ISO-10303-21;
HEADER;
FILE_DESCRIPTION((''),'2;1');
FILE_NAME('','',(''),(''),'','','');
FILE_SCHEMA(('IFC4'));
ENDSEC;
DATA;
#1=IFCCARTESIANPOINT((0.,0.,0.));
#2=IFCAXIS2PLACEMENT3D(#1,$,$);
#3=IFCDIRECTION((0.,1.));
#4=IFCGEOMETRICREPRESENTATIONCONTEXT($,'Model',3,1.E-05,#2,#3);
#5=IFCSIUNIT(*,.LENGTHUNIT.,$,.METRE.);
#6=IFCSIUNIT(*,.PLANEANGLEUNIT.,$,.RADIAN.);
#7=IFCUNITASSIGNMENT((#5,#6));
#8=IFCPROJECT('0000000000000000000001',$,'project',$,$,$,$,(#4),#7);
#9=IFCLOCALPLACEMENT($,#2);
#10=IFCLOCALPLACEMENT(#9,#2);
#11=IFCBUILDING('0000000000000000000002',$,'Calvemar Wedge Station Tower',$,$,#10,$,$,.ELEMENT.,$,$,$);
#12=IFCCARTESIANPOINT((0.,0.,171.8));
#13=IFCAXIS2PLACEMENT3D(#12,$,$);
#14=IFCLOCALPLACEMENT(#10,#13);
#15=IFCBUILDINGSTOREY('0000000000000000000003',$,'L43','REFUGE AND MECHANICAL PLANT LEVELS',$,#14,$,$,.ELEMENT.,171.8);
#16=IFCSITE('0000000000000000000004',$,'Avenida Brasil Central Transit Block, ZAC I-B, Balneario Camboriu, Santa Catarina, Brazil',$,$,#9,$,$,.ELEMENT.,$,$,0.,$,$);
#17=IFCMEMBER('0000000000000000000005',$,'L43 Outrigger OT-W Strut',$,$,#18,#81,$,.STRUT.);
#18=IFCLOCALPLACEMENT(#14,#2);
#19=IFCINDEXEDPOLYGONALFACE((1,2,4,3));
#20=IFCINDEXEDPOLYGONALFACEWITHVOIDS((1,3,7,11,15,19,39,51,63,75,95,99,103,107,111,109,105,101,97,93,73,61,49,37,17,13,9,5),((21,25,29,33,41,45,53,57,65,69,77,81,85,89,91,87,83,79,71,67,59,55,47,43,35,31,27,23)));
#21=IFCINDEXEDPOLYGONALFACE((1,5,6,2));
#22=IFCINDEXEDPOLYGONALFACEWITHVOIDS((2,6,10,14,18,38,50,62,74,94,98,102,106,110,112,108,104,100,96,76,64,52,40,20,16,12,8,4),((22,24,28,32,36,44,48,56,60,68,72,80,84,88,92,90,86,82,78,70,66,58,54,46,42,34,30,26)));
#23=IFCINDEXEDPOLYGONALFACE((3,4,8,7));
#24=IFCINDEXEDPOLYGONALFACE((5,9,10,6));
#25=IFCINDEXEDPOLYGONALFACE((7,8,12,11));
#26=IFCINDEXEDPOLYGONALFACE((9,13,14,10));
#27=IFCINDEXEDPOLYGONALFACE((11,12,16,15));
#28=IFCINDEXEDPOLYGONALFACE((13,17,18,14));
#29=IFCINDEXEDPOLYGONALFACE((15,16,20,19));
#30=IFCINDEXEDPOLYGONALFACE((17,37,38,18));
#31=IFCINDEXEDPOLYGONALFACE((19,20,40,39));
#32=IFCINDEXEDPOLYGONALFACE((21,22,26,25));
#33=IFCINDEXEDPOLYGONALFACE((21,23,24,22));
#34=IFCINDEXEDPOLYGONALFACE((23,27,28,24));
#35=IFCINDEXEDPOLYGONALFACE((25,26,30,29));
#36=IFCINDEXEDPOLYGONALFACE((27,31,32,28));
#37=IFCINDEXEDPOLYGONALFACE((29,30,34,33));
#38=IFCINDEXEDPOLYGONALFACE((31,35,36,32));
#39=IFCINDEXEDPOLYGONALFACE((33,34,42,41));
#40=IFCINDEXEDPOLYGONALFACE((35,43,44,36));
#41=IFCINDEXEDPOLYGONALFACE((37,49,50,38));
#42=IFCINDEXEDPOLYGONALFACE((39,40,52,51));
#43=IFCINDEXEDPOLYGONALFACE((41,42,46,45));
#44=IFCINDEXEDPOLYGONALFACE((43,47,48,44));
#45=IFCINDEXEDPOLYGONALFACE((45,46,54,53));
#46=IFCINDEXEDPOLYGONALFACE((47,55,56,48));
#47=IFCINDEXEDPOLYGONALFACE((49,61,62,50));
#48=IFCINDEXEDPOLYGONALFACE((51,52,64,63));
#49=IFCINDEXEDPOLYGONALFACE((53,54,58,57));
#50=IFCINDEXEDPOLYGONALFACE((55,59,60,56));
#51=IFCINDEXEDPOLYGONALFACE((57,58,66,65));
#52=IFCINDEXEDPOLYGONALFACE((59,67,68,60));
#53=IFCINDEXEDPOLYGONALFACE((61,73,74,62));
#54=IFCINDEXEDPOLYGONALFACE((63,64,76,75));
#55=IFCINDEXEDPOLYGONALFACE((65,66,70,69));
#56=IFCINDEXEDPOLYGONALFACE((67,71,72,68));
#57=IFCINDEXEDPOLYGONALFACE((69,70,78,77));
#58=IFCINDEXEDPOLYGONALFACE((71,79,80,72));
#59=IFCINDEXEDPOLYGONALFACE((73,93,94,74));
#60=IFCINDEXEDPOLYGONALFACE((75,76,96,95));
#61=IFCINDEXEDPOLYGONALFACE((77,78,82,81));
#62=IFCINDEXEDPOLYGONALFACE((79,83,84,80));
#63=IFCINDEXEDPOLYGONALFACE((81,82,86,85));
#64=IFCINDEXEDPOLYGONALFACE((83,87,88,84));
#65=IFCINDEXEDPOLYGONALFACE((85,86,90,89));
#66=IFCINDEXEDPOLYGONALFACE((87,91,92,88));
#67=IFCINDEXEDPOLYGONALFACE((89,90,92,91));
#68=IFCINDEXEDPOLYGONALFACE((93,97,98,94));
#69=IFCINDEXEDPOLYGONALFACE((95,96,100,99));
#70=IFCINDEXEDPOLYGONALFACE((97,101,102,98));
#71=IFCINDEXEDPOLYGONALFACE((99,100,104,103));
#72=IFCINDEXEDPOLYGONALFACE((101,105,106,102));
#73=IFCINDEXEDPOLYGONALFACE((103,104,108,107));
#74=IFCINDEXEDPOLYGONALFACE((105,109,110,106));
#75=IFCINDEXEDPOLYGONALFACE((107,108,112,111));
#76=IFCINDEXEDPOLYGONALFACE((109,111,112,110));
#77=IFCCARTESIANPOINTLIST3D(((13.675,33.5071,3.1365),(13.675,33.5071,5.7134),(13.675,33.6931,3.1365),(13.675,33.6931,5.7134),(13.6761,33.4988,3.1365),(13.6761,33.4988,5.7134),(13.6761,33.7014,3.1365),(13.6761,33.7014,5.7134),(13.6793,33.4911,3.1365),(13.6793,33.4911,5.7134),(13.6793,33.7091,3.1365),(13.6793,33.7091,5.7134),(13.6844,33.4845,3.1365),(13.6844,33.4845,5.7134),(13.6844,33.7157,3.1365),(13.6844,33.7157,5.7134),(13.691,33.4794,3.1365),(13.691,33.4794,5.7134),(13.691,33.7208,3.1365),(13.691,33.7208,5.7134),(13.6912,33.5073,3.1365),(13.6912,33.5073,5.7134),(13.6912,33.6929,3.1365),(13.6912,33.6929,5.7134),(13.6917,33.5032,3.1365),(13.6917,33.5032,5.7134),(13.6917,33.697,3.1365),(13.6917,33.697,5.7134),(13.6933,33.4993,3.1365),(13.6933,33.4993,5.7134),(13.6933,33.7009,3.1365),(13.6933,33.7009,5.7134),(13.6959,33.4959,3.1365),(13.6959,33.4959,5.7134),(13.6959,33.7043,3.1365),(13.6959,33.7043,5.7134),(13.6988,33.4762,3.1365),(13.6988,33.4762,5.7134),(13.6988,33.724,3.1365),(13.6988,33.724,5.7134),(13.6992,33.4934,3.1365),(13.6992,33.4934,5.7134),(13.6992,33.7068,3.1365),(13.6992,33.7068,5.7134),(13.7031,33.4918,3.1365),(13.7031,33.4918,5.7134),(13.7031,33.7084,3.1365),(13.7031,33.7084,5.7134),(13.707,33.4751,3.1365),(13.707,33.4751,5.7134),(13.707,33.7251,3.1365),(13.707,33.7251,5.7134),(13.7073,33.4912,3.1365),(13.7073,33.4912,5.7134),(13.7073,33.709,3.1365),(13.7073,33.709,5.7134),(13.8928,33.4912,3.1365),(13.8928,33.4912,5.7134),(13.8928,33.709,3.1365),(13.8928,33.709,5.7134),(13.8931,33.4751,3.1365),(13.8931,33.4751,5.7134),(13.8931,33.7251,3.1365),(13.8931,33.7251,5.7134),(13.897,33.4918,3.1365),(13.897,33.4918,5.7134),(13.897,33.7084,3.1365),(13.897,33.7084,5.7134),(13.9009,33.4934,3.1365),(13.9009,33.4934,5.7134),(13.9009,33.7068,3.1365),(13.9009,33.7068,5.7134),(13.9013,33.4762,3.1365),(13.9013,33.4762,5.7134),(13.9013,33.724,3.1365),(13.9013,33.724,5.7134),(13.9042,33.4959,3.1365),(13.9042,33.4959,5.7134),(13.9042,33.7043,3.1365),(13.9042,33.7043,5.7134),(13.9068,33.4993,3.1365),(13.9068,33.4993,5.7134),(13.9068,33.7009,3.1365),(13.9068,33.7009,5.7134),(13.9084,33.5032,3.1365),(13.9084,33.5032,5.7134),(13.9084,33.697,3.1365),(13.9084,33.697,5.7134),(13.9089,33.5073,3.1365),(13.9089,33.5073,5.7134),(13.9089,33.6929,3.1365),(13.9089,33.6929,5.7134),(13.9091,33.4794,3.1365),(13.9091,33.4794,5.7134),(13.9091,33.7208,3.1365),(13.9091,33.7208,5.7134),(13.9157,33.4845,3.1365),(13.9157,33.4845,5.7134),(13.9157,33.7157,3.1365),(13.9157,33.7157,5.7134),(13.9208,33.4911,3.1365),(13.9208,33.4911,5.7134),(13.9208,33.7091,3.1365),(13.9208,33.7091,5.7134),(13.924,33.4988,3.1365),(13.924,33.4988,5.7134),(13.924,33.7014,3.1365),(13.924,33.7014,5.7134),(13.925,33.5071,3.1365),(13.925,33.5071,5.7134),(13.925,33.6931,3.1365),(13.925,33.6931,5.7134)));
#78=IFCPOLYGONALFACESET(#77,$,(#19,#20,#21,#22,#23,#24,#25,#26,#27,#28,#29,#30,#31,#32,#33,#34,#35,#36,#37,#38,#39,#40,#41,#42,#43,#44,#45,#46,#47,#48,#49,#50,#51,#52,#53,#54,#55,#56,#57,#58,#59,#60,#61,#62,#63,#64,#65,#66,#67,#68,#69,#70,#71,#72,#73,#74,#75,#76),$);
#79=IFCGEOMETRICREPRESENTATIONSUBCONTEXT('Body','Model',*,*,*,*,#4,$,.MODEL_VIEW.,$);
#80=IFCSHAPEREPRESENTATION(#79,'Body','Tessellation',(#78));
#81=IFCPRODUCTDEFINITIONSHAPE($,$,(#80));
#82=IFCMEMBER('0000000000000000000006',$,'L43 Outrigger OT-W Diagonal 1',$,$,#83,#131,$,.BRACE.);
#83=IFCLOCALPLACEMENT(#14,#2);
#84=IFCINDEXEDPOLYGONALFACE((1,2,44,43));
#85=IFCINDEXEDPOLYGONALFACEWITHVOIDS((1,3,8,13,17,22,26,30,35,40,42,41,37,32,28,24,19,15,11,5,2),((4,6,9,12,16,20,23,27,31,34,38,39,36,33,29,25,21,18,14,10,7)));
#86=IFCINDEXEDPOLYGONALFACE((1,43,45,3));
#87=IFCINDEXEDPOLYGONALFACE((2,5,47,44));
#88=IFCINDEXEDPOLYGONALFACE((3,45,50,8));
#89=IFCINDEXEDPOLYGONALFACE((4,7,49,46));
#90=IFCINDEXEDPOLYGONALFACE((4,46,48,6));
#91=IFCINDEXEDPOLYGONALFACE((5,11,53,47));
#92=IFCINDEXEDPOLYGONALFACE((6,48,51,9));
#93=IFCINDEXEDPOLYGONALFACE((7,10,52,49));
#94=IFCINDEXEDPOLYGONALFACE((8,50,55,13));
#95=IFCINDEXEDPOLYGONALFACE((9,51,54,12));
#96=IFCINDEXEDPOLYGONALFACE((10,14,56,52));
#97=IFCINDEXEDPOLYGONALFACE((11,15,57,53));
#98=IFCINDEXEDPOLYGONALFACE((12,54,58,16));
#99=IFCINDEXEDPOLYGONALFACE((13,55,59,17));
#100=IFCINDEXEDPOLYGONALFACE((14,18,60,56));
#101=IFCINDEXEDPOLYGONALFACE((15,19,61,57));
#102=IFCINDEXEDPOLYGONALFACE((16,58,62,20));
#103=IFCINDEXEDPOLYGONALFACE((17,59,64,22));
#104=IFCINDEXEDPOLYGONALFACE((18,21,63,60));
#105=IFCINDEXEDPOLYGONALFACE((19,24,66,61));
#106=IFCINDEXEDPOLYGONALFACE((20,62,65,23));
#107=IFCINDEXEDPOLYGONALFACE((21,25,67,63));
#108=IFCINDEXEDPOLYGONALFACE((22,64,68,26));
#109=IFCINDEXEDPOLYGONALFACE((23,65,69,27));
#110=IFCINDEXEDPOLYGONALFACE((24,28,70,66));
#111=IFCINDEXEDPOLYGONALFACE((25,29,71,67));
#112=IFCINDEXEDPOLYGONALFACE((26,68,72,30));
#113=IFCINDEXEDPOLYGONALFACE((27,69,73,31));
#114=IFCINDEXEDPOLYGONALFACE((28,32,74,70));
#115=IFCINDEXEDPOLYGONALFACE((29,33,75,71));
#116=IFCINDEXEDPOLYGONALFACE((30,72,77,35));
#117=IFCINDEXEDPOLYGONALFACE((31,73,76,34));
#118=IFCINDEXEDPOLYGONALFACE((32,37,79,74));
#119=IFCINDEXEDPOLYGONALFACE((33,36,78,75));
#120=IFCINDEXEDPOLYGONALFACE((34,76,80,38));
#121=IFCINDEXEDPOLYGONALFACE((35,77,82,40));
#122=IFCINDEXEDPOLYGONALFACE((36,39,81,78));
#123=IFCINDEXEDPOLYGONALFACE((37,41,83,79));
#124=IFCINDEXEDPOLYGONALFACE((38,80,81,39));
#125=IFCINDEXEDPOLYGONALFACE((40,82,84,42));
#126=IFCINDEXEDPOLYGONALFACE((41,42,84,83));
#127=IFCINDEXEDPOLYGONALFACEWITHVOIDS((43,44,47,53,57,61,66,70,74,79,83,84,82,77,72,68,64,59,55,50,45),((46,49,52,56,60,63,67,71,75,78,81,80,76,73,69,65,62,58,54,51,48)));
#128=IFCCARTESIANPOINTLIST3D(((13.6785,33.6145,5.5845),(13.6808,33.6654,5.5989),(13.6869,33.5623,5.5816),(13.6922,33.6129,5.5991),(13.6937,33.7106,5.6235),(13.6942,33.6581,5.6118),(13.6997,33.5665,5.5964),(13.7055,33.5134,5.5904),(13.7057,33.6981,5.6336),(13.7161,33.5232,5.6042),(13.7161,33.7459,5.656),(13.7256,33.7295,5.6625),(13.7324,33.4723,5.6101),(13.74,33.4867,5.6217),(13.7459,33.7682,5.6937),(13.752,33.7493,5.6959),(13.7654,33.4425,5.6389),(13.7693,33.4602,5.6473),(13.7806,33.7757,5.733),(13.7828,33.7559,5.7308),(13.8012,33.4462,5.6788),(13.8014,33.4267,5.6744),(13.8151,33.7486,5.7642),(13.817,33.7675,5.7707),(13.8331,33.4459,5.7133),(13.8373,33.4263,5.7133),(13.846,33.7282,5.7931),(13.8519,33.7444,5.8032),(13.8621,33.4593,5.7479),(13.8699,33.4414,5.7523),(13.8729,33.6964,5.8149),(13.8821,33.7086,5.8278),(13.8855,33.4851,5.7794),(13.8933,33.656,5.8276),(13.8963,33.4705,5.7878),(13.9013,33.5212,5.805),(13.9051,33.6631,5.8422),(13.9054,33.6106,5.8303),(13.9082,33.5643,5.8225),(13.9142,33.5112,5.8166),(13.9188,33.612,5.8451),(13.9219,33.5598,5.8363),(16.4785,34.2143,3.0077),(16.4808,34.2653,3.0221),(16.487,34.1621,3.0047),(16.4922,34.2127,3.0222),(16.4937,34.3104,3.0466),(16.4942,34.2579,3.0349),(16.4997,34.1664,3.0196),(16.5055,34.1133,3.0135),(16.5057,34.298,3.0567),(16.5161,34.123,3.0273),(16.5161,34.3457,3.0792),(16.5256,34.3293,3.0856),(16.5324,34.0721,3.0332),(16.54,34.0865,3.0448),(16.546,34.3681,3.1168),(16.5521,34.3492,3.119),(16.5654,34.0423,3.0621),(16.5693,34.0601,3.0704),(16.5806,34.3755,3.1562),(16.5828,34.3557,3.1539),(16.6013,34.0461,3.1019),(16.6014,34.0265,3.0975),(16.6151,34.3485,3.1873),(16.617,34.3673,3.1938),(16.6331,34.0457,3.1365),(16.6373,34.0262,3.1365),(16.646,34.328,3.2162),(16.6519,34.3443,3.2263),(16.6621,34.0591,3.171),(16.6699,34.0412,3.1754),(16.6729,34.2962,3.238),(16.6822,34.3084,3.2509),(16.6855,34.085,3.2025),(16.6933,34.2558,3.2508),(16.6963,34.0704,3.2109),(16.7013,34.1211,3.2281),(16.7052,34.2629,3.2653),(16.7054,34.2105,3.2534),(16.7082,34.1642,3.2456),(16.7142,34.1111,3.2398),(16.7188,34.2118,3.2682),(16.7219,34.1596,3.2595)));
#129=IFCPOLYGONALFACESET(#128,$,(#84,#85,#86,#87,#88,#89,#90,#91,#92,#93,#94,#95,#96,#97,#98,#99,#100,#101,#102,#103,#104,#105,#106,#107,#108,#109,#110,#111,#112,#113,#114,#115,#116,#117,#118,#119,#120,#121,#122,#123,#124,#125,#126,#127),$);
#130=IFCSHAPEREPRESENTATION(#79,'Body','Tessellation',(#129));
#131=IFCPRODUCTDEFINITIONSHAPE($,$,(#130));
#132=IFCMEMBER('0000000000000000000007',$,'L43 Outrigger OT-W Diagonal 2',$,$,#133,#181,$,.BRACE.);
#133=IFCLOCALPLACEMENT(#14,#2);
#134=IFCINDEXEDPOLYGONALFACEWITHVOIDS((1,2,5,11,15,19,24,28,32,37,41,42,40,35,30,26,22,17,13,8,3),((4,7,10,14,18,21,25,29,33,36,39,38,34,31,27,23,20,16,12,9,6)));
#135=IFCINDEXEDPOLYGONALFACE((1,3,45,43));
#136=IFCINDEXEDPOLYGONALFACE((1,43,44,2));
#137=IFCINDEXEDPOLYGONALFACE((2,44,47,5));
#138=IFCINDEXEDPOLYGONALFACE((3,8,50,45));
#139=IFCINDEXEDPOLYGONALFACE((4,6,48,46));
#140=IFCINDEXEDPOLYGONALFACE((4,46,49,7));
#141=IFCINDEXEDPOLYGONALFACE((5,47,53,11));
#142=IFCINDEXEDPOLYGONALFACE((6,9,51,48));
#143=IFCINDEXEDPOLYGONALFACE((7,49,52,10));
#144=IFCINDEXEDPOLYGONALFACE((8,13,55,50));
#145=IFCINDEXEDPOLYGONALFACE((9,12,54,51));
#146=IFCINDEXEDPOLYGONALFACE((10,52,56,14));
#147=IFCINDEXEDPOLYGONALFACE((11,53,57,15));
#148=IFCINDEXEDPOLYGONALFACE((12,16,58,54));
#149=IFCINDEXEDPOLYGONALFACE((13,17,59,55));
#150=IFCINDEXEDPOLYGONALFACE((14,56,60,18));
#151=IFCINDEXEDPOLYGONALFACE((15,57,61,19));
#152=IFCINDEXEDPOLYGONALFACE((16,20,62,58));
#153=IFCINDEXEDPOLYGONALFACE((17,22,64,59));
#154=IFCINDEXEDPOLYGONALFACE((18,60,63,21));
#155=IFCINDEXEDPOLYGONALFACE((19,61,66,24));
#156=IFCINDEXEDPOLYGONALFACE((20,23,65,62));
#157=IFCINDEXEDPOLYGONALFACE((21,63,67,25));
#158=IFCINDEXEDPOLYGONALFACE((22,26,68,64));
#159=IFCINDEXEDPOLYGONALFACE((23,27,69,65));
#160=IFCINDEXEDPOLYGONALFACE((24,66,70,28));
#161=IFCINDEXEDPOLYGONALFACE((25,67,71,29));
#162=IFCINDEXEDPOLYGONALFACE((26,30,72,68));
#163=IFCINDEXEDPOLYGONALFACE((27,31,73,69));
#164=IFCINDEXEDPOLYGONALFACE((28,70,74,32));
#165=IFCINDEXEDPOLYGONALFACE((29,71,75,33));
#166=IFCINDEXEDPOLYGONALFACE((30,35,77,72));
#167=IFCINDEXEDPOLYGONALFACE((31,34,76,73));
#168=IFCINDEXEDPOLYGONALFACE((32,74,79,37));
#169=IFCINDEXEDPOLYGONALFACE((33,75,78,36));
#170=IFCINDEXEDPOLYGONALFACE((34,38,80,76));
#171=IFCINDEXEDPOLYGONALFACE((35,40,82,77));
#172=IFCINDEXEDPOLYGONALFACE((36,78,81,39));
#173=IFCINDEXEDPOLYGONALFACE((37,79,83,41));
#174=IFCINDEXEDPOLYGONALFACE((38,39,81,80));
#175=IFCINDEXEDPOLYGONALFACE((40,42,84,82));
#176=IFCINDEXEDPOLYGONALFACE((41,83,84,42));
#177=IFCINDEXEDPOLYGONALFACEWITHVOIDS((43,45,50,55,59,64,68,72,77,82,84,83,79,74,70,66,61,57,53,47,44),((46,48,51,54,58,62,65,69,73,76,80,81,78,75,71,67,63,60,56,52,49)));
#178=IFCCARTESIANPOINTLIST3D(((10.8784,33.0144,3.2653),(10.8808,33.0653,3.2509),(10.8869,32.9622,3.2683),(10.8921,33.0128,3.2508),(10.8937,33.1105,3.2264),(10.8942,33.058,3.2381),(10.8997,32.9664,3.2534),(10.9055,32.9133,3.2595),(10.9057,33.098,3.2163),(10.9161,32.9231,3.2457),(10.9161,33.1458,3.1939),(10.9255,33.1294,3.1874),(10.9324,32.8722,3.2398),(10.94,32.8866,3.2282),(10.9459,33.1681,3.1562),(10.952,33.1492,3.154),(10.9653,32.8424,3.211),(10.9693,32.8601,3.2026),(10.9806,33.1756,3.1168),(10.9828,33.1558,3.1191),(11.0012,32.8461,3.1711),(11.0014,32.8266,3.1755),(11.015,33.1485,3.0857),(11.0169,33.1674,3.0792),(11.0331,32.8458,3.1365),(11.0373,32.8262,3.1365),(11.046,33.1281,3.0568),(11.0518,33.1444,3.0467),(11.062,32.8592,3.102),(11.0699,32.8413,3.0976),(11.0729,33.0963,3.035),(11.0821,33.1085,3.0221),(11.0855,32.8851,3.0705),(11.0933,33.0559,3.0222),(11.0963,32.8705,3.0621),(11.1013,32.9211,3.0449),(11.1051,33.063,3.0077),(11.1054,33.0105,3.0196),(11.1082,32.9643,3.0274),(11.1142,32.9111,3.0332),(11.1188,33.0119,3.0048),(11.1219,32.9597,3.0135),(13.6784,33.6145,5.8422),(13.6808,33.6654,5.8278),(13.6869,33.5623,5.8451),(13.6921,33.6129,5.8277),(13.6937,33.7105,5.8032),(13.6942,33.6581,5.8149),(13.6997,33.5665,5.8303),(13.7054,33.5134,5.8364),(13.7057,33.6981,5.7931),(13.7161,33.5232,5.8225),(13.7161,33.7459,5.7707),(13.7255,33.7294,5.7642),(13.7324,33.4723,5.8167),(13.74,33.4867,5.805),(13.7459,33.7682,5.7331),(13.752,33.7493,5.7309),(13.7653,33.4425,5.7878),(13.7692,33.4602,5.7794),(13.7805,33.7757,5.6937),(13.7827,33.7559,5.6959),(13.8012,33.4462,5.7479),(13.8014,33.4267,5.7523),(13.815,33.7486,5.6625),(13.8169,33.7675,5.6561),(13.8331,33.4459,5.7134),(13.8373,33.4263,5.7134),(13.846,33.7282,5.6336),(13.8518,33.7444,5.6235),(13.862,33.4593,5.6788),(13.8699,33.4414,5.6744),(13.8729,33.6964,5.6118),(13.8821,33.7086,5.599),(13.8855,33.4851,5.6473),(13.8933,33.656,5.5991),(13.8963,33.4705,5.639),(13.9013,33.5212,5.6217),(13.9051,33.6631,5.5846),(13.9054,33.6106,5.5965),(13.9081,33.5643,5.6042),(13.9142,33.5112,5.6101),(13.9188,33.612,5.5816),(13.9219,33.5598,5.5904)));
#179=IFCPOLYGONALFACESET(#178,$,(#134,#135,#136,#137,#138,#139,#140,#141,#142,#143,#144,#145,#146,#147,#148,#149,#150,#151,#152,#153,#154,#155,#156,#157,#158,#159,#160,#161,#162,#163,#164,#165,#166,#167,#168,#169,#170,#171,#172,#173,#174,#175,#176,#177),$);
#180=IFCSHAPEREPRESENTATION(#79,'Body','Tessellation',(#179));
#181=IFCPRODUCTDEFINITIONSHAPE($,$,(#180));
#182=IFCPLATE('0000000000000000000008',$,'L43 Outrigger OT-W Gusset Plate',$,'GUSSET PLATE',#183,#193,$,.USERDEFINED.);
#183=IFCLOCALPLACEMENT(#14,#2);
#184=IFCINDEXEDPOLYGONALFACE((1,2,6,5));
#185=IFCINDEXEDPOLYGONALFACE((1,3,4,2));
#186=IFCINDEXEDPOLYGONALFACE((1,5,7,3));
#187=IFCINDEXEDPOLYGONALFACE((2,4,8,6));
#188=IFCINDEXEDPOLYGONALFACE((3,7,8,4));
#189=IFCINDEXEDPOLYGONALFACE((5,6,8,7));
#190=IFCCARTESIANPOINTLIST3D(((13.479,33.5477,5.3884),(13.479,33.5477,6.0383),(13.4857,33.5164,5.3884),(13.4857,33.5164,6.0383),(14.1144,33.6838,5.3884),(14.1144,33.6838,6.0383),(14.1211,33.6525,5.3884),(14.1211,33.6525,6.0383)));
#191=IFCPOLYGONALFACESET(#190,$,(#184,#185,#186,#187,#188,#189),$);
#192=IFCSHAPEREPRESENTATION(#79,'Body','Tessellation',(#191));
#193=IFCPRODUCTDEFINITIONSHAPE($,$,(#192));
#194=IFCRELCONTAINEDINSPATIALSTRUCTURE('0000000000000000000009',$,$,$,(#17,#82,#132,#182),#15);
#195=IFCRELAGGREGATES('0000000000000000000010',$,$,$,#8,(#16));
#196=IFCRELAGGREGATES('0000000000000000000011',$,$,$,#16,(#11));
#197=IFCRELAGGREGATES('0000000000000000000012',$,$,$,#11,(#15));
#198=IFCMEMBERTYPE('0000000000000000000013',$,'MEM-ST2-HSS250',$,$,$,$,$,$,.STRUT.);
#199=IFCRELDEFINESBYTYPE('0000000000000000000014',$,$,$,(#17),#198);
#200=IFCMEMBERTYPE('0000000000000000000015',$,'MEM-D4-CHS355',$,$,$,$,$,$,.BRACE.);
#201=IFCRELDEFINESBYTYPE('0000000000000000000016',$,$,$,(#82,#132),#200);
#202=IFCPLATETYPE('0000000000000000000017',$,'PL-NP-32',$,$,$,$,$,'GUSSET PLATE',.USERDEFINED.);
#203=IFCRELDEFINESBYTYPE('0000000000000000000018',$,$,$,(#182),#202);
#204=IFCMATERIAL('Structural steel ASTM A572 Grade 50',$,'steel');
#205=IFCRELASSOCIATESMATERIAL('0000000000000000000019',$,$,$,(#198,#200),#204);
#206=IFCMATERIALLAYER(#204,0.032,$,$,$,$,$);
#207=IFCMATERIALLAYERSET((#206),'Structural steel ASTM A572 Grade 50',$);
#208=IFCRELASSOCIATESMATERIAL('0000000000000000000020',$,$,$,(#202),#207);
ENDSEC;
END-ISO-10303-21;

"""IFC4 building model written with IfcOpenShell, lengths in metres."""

from ifc_helpers import new_model, si_unit, direction, frame, origin, origin_2d, place, context, subcontext, project, spatial, rectangle, hollow_rectangle, hollow_circle, extrude, source, transform, mapped, material, layer, layer_set, material_profile, profile_set, type_object, element, save


model = new_model("IFC4")

# Units and contexts
model_context = context("Model", 3, precision=1e-05, world=origin(), true_north=direction((0.0, 1.0)))
body_context = subcontext(model_context, "Body", "Model", "MODEL_VIEW")
ifc_project = project(units=[si_unit("LENGTHUNIT", "METRE"), si_unit("PLANEANGLEUNIT", "RADIAN")], contexts=[model_context])

# Site, building, storey
site_placement = place(None, origin())
site = spatial("IfcSite", under=ifc_project, at=site_placement, Name="Avenida Brasil Central Transit Block, ZAC I-B, Balneario Camboriu, Santa Catarina, Brazil", CompositionType="ELEMENT", RefElevation=0.0)
building_placement = place(site_placement, origin())
building = spatial("IfcBuilding", under=site, at=building_placement, Name="Calvemar Wedge Station Tower", CompositionType="ELEMENT")
storey_placement = place(building_placement, frame((0.0, 0.0, 171.8)))
storey = spatial("IfcBuildingStorey", under=building, at=storey_placement, Name="L43", Description="REFUGE AND MECHANICAL PLANT LEVELS", CompositionType="ELEMENT", Elevation=171.8)

# Shared definitions
ifc_material_1 = material(Name="Structural steel ASTM A572 Grade 50", Category="steel")

# Members
ifc_material_profile_1 = material_profile(ifc_material_1, hollow_rectangle(XDim=0.25, YDim=0.25, WallThickness=0.0161, InnerFilletRadius=0.0161, OuterFilletRadius=0.032, at=origin_2d()), Name="HSS250x250x16")
ifc_profile_set_1 = profile_set([ifc_material_profile_1], Name="Structural steel ASTM A572 Grade 50")
member_type_1 = type_object("IfcMemberType", Name="MEM-ST2-HSS250", PredefinedType="STRUT", material=ifc_profile_set_1)
shared_shape_1 = source(origin(), body_context, "Body", "SweptSolid", [
    extrude(hollow_rectangle(XDim=0.25, YDim=0.25, WallThickness=0.0161, InnerFilletRadius=0.0161, OuterFilletRadius=0.032, at=origin_2d()), origin(), (0.0, 0.0, 1.0), 2.5769),
])
member_placement = place(storey_placement, frame((13.8, 33.6001, 3.1365), z_axis=(0.0, 0.0, 1.0), x_axis=(1.0, 0.0, 0.0)))
element("IfcMember", 1, at=member_placement, inside=storey, type_object=member_type_1, Name="L43 Outrigger OT-W Strut", PredefinedType="STRUT", context=body_context, shape_type="MappedRepresentation", body=[
    mapped(shared_shape_1, transform((0.0, 0.0, 0.0), scale=1.0)),
])
ifc_material_profile_2 = material_profile(ifc_material_1, hollow_circle(Radius=0.1777, WallThickness=0.02, at=origin_2d()), Name="CHS355.6x20")
ifc_profile_set_2 = profile_set([ifc_material_profile_2], Name="Structural steel ASTM A572 Grade 50")
member_type_2 = type_object("IfcMemberType", Name="MEM-D4-CHS355", PredefinedType="BRACE", material=ifc_profile_set_2)
shared_shape_2 = source(origin(), body_context, "Body", "SweptSolid", [
    extrude(hollow_circle(Radius=0.1777, WallThickness=0.02, at=origin_2d()), origin(), (0.0, 0.0, 1.0), 3.8523),
])
for number, where, z_axis, x_axis, name in (
    (2, (16.6001, 34.2, 3.1365), (-0.726843, -0.155711, 0.668919), (0.209477, -0.977814, 0.0), "L43 Outrigger OT-W Diagonal 1"),
    (3, (13.8, 33.6001, 5.7134), (-0.726836, -0.155773, -0.668912), (0.209558, -0.977796, 0.0), "L43 Outrigger OT-W Diagonal 2"),
):
    element("IfcMember", number, at=place(storey_placement, frame(where, z_axis=z_axis, x_axis=x_axis)), inside=storey, type_object=member_type_2, Name=name, PredefinedType="BRACE", context=body_context, shape_type="MappedRepresentation", body=[
        mapped(shared_shape_2, transform((0.0, 0.0, 0.0), scale=1.0)),
    ])

# Plate
ifc_layer_1 = layer(ifc_material_1, 0.032)
ifc_layer_set_1 = layer_set([ifc_layer_1], Name="Structural steel ASTM A572 Grade 50")
plate_type_1 = type_object("IfcPlateType", Name="PL-NP-32", ElementType="GUSSET PLATE", PredefinedType="USERDEFINED", material=ifc_layer_set_1)
shared_shape_3 = source(origin(), body_context, "Body", "SweptSolid", [
    extrude(rectangle(XDim=0.6499, YDim=0.032, at=origin_2d()), origin(), (0.0, 0.0, 1.0), 0.6499),
])
plate_1_placement = place(storey_placement, frame((13.8, 33.6001, 5.3884), z_axis=(0.0, 0.0, 1.0), x_axis=(-0.97782, -0.209448, 0.0)))
element("IfcPlate", 4, at=plate_1_placement, inside=storey, type_object=plate_type_1, Name="L43 Outrigger OT-W Gusset Plate", ObjectType="GUSSET PLATE", PredefinedType="USERDEFINED", context=body_context, shape_type="MappedRepresentation", body=[
    mapped(shared_shape_3, transform((0.0, 0.0, 0.0), scale=1.0)),
])

save(model, "model.ifc")
